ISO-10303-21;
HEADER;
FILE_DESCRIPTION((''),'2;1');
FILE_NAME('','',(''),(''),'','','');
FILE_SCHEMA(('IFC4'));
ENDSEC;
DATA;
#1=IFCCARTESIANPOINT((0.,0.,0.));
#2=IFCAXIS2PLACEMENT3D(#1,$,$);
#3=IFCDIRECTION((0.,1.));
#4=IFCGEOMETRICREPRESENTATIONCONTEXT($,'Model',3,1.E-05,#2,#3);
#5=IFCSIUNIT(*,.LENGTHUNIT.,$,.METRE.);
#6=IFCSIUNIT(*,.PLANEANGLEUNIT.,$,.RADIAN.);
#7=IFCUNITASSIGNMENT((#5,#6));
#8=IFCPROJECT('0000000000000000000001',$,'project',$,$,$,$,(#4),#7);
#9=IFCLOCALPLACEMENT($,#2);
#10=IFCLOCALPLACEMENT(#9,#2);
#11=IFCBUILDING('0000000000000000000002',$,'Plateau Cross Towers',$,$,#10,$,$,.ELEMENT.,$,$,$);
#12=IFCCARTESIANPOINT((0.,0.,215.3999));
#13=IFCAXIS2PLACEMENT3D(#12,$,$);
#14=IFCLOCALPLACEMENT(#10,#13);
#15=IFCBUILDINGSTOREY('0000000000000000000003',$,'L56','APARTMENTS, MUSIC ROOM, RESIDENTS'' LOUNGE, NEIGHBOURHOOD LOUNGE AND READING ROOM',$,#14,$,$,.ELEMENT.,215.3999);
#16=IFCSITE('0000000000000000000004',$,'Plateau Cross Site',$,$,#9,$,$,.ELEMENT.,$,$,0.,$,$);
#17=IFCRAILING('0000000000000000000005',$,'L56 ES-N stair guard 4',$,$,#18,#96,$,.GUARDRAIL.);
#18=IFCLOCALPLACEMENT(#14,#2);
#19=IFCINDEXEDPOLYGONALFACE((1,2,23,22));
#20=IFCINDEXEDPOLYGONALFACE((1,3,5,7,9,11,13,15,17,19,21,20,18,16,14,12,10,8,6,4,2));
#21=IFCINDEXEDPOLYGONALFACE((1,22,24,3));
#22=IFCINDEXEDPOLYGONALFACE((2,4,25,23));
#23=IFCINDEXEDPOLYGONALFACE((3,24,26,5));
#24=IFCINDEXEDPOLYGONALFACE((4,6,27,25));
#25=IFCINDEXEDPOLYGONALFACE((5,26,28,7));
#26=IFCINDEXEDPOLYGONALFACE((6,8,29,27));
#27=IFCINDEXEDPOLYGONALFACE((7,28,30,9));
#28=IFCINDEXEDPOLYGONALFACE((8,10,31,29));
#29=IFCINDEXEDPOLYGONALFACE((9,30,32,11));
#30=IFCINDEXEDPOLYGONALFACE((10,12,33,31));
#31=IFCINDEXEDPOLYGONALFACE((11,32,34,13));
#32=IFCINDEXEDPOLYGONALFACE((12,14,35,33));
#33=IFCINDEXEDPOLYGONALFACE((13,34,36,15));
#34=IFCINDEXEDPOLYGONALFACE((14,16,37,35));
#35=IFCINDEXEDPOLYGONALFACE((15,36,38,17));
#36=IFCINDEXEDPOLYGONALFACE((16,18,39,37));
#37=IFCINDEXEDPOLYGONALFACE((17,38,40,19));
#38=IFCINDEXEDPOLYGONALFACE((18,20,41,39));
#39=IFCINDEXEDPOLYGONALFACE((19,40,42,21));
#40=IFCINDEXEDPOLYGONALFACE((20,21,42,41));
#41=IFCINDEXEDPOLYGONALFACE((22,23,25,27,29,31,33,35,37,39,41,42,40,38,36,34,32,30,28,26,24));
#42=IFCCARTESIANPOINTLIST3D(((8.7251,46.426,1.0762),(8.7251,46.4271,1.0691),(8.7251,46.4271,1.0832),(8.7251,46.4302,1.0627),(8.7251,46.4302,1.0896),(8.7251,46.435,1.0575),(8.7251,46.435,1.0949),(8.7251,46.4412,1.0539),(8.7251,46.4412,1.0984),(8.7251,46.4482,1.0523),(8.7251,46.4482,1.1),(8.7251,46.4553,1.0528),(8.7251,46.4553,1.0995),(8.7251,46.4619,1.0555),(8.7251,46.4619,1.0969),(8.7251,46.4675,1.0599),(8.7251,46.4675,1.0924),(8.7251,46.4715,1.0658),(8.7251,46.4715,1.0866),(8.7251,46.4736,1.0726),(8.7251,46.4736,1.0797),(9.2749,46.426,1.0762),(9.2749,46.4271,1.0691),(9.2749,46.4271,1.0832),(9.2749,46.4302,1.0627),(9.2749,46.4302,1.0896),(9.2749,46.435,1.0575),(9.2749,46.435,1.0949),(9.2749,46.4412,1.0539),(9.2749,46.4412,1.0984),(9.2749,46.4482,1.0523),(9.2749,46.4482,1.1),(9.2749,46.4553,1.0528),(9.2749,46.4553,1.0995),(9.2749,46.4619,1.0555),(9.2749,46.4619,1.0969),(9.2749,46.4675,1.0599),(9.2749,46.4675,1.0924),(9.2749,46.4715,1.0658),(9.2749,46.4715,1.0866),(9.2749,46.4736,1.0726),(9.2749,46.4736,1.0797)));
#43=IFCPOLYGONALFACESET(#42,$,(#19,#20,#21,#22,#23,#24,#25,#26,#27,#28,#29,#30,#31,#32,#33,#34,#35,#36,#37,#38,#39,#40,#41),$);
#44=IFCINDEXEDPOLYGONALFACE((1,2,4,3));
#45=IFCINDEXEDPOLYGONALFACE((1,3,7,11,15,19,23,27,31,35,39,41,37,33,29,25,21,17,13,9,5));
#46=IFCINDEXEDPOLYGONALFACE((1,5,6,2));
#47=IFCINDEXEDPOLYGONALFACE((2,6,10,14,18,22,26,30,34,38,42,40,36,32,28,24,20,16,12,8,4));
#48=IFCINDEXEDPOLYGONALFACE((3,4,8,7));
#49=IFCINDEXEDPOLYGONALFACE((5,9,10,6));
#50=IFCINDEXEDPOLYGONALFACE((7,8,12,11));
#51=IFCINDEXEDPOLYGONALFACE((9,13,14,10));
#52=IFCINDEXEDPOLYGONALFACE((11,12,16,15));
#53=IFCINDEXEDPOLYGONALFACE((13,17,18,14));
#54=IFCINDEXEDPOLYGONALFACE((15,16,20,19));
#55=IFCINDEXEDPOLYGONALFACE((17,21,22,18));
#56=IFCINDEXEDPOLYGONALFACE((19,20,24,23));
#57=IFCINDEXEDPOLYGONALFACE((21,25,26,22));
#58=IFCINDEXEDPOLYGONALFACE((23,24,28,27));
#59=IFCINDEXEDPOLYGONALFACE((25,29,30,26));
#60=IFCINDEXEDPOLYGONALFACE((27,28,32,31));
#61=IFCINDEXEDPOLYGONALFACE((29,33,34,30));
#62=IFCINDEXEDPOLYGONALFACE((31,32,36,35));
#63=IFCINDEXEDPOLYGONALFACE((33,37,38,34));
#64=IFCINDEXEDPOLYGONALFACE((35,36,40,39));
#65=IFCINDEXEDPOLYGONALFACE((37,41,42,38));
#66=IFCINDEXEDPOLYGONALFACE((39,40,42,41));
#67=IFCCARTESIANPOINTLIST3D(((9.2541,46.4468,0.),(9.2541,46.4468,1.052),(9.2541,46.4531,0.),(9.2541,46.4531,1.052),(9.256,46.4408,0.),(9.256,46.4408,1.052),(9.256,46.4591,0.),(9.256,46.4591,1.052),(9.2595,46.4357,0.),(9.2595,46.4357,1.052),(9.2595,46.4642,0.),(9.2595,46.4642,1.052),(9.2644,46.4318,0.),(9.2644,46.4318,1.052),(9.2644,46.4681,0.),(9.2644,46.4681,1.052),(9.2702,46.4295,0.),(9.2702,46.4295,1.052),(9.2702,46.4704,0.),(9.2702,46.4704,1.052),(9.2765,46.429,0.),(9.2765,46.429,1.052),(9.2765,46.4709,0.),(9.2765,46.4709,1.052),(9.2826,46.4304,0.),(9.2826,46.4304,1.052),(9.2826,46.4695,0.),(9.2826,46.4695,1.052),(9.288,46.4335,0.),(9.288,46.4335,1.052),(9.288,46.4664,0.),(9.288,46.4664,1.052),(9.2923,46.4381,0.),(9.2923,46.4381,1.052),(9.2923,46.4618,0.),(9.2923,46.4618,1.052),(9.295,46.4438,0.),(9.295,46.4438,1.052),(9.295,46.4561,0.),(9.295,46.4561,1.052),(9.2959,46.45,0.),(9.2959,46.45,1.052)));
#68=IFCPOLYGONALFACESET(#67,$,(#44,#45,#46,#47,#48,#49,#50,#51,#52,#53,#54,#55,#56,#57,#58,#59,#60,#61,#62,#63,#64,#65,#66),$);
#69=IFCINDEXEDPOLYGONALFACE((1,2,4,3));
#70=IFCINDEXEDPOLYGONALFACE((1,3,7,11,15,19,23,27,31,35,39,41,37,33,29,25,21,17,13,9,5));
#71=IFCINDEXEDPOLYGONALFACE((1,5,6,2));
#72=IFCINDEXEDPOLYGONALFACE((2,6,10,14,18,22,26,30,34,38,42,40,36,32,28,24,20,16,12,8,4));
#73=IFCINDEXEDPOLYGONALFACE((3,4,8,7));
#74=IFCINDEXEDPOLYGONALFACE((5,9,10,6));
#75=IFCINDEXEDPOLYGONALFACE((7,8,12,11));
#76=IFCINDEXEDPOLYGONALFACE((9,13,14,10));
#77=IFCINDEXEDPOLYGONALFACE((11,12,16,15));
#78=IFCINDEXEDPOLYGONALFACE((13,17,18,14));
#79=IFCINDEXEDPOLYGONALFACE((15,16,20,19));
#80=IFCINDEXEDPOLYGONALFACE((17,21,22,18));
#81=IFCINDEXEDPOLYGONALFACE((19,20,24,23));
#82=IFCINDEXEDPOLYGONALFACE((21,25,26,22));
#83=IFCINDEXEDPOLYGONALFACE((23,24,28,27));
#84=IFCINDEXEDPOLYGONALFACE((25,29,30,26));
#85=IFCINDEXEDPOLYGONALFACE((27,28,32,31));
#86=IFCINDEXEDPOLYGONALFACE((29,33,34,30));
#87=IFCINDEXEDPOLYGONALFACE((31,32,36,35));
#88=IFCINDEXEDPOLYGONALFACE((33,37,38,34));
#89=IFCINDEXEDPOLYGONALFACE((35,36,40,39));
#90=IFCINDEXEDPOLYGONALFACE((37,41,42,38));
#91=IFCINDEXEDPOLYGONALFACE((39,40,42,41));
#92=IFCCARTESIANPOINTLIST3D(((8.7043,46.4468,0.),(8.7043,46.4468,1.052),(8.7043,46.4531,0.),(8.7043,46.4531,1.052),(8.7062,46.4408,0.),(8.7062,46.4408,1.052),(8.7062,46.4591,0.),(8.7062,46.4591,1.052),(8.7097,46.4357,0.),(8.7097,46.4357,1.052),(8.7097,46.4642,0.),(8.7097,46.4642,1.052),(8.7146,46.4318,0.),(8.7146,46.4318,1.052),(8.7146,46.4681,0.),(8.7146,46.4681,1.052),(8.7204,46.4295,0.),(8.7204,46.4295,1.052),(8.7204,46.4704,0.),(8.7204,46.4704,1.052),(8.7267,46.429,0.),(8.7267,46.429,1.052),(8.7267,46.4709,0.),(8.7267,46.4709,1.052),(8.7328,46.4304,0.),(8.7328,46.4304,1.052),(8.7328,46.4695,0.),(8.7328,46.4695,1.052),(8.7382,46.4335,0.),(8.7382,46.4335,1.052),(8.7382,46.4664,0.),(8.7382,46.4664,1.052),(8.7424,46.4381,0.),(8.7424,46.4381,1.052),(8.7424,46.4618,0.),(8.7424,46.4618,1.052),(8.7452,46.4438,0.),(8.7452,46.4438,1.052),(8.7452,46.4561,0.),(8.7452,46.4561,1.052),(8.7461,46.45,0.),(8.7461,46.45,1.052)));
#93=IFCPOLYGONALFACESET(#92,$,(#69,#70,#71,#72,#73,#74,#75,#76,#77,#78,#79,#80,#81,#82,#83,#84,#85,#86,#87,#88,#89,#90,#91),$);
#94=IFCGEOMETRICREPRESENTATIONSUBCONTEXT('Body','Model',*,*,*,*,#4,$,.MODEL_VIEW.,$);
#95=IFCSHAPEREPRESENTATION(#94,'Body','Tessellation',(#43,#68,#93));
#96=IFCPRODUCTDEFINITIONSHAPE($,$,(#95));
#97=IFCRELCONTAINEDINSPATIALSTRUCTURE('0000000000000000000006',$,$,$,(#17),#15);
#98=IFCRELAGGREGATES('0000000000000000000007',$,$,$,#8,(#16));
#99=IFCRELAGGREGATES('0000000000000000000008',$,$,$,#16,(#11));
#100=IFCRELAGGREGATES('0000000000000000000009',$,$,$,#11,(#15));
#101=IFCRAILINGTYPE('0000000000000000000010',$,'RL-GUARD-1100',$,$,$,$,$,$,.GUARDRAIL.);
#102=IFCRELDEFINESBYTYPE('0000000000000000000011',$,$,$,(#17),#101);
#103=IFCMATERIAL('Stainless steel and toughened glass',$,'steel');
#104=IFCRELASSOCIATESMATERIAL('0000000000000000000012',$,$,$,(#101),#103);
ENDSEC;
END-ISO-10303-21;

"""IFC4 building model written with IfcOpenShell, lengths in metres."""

from ifc_helpers import new_model, si_unit, direction, frame, origin, origin_2d, place, context, subcontext, project, spatial, circle, extrude, material, type_object, element, save


model = new_model("IFC4")

# Units and contexts
model_context = context("Model", 3, precision=1e-05, world=origin(), true_north=direction((0.0, 1.0)))
body_context = subcontext(model_context, "Body", "Model", "MODEL_VIEW")
ifc_project = project(units=[si_unit("LENGTHUNIT", "METRE"), si_unit("PLANEANGLEUNIT", "RADIAN")], contexts=[model_context])

# Site, building, storey
site_placement = place(None, origin())
site = spatial("IfcSite", under=ifc_project, at=site_placement, Name="Plateau Cross Site", CompositionType="ELEMENT", RefElevation=0.0)
building_placement = place(site_placement, origin())
building = spatial("IfcBuilding", under=site, at=building_placement, Name="Plateau Cross Towers", CompositionType="ELEMENT")
storey_placement = place(building_placement, frame((0.0, 0.0, 215.3999)))
storey = spatial("IfcBuildingStorey", under=building, at=storey_placement, Name="L56", Description="APARTMENTS, MUSIC ROOM, RESIDENTS' LOUNGE, NEIGHBOURHOOD LOUNGE AND READING ROOM", CompositionType="ELEMENT", Elevation=215.3999)

# Railing
ifc_material_1 = material(Name="Stainless steel and toughened glass", Category="steel")
railing_type_1 = type_object("IfcRailingType", Name="RL-GUARD-1100", PredefinedType="GUARDRAIL", material=ifc_material_1)
railing_1_placement = place(storey_placement, frame((9.2749, 46.45, 0.0)))
element("IfcRailing", 1, at=railing_1_placement, inside=storey, type_object=railing_type_1, Name="L56 ES-N stair guard 4", PredefinedType="GUARDRAIL", context=body_context, shape_type="SweptSolid", body=[
    extrude(circle(Radius=0.0239, at=origin_2d()), frame((0.0, 0.0, 1.0762), z_axis=(-1.0, 0.0, 0.0), x_axis=(0.0, -1.0, 0.0)), (0.0, 0.0, 1.0), 0.5498),
    extrude(circle(Radius=0.021, at=origin_2d()), origin(), (0.0, 0.0, 1.0), 1.052),
    extrude(circle(Radius=0.021, at=origin_2d()), frame((-0.5498, 0.0, 0.0)), (0.0, 0.0, 1.0), 1.052),
])

save(model, "model.ifc")
